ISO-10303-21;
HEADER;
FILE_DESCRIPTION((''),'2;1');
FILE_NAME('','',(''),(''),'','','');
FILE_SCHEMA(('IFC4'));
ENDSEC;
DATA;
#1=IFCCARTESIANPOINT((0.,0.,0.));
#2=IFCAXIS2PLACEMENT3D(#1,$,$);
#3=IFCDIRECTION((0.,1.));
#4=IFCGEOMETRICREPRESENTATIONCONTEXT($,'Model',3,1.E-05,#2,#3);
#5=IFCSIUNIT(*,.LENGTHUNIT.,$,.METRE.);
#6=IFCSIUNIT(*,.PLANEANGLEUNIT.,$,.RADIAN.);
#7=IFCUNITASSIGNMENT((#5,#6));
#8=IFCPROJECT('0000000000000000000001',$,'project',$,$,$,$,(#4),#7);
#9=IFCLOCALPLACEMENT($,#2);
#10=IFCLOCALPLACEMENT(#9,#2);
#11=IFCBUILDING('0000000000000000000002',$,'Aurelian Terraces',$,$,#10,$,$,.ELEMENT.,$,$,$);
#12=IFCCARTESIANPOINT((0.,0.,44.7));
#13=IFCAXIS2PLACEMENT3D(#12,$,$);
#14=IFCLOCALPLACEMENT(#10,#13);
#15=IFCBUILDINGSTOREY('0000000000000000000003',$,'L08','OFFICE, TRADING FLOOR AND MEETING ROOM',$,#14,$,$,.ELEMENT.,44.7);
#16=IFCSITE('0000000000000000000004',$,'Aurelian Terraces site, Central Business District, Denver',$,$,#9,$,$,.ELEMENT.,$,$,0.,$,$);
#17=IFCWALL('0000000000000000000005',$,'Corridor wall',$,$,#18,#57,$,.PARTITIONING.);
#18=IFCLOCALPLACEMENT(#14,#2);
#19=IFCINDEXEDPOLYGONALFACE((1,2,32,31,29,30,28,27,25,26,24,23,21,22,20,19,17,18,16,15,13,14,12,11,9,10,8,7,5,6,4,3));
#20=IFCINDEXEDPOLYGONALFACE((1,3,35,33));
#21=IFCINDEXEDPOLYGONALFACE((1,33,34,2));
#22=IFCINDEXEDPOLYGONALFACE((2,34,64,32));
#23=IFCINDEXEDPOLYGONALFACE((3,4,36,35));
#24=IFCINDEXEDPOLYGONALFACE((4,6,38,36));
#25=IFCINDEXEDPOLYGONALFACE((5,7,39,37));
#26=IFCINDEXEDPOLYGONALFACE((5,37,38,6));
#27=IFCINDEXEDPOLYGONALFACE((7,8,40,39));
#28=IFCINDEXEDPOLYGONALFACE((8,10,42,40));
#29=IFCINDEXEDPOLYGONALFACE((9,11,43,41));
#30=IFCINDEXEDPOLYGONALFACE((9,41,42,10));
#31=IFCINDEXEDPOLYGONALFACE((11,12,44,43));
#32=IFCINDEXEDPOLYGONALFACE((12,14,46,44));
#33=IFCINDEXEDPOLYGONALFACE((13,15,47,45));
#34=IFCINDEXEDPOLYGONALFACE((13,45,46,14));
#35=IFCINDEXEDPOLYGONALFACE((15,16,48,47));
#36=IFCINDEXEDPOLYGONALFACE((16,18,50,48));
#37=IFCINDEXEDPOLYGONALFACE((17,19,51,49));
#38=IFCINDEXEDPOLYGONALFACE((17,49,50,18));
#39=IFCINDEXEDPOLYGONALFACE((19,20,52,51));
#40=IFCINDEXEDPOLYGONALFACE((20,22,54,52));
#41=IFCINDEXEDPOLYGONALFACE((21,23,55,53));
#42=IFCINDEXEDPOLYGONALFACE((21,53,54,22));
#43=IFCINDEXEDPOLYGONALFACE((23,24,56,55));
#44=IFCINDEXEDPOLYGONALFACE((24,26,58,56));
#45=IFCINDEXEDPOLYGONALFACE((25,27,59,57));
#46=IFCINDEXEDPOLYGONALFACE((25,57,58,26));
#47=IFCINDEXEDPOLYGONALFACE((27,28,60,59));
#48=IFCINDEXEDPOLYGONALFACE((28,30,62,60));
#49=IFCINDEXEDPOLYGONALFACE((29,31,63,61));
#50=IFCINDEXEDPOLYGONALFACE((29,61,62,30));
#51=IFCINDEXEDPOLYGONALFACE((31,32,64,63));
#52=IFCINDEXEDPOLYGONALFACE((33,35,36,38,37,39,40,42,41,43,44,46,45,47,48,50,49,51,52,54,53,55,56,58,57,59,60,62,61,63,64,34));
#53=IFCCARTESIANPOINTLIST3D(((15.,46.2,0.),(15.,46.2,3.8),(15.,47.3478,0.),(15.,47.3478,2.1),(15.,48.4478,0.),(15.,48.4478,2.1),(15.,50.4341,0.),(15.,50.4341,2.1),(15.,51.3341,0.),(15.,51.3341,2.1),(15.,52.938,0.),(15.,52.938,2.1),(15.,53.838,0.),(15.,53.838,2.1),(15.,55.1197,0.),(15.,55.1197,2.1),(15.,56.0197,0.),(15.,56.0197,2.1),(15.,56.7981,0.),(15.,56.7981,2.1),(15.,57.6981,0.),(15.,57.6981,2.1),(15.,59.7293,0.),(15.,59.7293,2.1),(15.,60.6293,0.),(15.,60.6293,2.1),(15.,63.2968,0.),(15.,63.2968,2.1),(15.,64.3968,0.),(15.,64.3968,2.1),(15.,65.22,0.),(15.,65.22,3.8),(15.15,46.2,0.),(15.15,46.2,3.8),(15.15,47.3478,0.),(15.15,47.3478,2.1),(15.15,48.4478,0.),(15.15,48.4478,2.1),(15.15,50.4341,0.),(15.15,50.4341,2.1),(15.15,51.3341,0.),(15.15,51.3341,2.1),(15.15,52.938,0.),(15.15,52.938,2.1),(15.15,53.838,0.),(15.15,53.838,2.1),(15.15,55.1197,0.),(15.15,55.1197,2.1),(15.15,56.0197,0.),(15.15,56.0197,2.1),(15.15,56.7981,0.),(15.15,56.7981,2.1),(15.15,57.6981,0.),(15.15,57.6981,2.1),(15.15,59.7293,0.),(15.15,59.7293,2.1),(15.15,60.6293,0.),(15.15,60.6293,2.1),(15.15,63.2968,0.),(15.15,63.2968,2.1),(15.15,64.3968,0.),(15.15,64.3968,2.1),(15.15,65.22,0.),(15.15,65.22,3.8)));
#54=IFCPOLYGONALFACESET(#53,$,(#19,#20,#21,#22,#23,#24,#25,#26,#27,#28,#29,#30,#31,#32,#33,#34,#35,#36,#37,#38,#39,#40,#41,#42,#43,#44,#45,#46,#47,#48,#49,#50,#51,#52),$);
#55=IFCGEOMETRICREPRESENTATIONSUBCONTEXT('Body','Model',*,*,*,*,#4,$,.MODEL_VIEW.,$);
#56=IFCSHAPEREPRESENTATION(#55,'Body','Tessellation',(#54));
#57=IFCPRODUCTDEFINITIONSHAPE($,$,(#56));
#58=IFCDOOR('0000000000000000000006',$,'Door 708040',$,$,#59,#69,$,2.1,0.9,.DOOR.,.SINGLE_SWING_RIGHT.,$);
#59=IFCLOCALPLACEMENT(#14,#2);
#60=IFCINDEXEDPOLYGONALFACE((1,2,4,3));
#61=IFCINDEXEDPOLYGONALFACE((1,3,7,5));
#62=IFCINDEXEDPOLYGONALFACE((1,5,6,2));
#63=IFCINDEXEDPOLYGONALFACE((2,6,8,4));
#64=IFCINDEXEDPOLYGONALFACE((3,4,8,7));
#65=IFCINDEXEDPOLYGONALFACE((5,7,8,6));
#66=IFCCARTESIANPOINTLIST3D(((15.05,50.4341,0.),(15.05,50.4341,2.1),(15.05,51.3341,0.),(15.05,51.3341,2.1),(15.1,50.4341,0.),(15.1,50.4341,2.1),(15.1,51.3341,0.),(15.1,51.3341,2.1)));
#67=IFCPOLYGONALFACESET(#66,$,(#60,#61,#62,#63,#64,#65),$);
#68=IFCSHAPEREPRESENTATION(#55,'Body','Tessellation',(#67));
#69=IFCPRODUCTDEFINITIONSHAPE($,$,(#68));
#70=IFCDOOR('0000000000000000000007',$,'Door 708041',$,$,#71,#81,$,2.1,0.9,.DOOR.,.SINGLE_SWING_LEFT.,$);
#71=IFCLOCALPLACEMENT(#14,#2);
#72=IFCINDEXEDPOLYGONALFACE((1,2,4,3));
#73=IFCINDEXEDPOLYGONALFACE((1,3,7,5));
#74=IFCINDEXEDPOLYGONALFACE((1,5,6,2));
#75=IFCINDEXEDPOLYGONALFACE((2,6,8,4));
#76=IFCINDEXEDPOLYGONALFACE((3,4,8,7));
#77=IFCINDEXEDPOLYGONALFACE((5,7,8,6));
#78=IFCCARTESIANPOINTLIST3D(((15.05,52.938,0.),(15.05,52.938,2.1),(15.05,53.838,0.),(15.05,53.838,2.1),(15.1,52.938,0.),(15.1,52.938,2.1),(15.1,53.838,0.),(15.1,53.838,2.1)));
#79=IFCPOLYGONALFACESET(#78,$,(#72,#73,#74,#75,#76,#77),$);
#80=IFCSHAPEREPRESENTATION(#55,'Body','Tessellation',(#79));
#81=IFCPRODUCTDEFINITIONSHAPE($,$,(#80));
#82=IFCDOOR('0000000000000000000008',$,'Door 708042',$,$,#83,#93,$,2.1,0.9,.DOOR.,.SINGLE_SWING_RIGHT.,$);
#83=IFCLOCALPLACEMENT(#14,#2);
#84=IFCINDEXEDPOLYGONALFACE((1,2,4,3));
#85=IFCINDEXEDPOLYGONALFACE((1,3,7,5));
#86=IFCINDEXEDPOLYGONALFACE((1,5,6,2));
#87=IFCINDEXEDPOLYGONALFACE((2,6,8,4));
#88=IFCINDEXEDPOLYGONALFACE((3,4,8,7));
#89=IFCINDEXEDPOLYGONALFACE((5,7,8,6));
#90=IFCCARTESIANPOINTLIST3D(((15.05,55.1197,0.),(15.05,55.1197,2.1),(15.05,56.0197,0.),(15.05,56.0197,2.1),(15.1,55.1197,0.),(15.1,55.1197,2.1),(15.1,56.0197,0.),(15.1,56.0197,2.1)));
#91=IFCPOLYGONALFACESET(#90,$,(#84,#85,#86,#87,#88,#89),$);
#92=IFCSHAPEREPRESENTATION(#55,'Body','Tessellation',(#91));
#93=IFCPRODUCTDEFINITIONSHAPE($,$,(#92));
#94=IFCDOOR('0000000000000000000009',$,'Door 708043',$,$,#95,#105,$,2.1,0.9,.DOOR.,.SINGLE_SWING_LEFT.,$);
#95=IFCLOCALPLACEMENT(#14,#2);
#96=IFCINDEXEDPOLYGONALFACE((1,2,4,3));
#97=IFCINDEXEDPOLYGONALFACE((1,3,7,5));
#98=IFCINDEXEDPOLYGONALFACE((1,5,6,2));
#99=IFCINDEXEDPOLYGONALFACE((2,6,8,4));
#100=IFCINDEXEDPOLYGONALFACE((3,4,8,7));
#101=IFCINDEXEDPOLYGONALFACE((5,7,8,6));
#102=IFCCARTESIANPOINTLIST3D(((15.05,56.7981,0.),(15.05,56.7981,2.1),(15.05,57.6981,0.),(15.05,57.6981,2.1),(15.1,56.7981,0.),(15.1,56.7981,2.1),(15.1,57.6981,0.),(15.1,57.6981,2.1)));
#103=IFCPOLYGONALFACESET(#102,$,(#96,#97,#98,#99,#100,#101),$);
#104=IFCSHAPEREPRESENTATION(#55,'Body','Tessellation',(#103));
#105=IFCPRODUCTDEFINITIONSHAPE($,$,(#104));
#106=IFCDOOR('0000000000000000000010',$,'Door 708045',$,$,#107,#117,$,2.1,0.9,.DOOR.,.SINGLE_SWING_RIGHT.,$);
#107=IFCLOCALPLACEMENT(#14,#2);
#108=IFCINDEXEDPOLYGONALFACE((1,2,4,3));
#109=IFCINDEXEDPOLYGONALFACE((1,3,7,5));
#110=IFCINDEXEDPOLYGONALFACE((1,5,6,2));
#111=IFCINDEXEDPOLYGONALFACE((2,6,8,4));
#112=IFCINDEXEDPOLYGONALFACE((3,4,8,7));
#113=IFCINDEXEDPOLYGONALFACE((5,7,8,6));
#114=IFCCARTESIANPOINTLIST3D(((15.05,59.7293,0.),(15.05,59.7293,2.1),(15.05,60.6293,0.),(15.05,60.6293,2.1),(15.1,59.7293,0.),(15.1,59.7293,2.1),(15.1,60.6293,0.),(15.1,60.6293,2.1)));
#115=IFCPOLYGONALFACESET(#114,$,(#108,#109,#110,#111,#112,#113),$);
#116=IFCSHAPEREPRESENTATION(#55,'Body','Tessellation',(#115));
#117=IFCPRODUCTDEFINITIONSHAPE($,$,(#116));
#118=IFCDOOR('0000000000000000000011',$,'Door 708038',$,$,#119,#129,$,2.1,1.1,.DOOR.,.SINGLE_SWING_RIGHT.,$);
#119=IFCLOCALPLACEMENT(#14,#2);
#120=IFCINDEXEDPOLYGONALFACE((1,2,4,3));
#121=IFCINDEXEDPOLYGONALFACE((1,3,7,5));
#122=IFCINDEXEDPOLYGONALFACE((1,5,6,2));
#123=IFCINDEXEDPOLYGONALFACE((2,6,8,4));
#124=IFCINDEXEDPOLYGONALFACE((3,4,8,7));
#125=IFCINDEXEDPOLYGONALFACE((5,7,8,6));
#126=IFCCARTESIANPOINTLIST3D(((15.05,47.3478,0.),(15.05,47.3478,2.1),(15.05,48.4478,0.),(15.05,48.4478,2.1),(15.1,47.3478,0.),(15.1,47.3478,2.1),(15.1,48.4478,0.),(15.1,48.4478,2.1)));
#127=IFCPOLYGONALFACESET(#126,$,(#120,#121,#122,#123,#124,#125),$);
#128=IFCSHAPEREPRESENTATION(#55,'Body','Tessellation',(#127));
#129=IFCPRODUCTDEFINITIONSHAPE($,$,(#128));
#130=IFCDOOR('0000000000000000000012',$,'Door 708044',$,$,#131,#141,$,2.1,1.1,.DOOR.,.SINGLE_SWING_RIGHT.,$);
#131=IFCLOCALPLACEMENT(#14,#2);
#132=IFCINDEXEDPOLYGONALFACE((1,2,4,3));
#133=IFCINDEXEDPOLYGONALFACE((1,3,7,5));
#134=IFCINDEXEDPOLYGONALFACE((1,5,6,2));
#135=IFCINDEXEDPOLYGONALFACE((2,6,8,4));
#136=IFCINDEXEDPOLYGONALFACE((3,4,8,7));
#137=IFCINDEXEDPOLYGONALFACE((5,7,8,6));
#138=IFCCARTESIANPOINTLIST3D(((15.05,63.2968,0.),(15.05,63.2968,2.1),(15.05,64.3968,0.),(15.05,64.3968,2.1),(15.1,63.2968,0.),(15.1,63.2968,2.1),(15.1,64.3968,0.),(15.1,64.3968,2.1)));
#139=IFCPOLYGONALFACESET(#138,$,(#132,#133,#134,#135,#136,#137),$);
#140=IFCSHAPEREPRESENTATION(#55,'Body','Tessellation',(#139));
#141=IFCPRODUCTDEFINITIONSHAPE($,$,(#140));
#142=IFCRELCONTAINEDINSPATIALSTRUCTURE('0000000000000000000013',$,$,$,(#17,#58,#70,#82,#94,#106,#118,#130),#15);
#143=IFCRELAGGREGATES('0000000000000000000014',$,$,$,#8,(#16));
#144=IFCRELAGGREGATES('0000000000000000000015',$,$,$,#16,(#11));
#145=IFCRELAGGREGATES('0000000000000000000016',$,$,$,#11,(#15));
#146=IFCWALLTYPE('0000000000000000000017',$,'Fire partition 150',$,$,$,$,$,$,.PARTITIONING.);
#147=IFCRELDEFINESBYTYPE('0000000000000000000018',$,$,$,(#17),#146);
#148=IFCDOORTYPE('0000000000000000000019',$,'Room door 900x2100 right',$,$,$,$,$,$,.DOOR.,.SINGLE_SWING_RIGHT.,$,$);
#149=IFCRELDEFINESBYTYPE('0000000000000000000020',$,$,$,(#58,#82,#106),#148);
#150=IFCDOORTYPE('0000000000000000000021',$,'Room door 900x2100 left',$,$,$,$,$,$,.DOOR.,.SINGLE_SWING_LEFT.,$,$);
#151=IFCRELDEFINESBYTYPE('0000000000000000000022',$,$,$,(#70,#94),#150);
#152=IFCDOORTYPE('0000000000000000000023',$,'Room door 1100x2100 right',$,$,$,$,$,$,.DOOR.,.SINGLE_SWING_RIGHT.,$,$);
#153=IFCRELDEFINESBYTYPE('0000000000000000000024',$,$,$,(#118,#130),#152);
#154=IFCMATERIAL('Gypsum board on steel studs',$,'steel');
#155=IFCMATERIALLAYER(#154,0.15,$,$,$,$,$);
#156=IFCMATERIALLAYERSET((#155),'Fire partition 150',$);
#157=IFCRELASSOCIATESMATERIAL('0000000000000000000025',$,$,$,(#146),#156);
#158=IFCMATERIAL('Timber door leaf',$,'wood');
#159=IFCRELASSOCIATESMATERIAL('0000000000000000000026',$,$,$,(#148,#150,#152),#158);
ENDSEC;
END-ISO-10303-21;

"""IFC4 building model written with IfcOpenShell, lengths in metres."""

from ifc_helpers import new_model, si_unit, direction, frame, frame_2d, origin, place, context, subcontext, project, spatial, rectangle, extrude, source, transform, mapped, material, layer, layer_set, type_object, element, fill, save


model = new_model("IFC4")

# Units and contexts
model_context = context("Model", 3, precision=1e-05, world=origin(), true_north=direction((0.0, 1.0)))
body_context = subcontext(model_context, "Body", "Model", "MODEL_VIEW")
ifc_project = project(units=[si_unit("LENGTHUNIT", "METRE"), si_unit("PLANEANGLEUNIT", "RADIAN")], contexts=[model_context])

# Site, building, storey
site_placement = place(None, origin())
site = spatial("IfcSite", under=ifc_project, at=site_placement, Name="Aurelian Terraces site, Central Business District, Denver", CompositionType="ELEMENT", RefElevation=0.0)
building_placement = place(site_placement, origin())
building = spatial("IfcBuilding", under=site, at=building_placement, Name="Aurelian Terraces", CompositionType="ELEMENT")
storey_placement = place(building_placement, frame((0.0, 0.0, 44.7)))
storey = spatial("IfcBuildingStorey", under=building, at=storey_placement, Name="L08", Description="OFFICE, TRADING FLOOR AND MEETING ROOM", CompositionType="ELEMENT", Elevation=44.7)

# Shared definitions
ifc_material_1 = material(Name="Gypsum board on steel studs", Category="steel")
shared_shape_1 = source(origin(), body_context, "Body", "SweptSolid", [
    extrude(rectangle(XDim=1.1, YDim=2.1, at=frame_2d((0.55, 1.05))), frame((0.0, 0.085, 0.0), z_axis=(0.0, -1.0, 0.0), x_axis=(1.0, 0.0, 0.0)), (0.0, 0.0, 1.0), 0.17),
])
ifc_material_2 = material(Name="Timber door leaf", Category="wood")
shared_shape_2 = source(origin(), body_context, "Body", "SweptSolid", [
    extrude(rectangle(XDim=1.1, YDim=2.1, at=frame_2d((0.55, 1.05))), frame((0.0, 0.025, 0.0), z_axis=(0.0, -1.0, 0.0), x_axis=(1.0, 0.0, 0.0)), (0.0, 0.0, 1.0), 0.05),
])

# Wall, openings, doors
ifc_layer_1 = layer(ifc_material_1, 0.15)
ifc_layer_set_1 = layer_set([ifc_layer_1], Name="Fire partition 150")
wall_type_1 = type_object("IfcWallType", Name="Fire partition 150", PredefinedType="PARTITIONING", material=ifc_layer_set_1)
shared_shape_3 = source(origin(), body_context, "Body", "SweptSolid", [
    extrude(rectangle(XDim=19.02, YDim=0.15, at=frame_2d((9.51, 0.0))), origin(), (0.0, 0.0, 1.0), 3.8),
])
wall_1_placement = place(storey_placement, frame((15.075, 46.2, 0.0), z_axis=(0.0, 0.0, 1.0), x_axis=(0.0, 1.0, 0.0)))
wall_1 = element("IfcWall", 1, at=wall_1_placement, inside=storey, type_object=wall_type_1, Name="Corridor wall", PredefinedType="PARTITIONING", context=body_context, shape_type="MappedRepresentation", body=[
    mapped(shared_shape_3, transform((0.0, 0.0, 0.0), scale=1.0)),
])
opening_1_placement = place(wall_1_placement, frame((1.1478, 0.0, 0.0)))
opening_1 = element("IfcOpeningElement", 2, at=opening_1_placement, cuts=wall_1, PredefinedType="OPENING", context=body_context, shape_type="MappedRepresentation", body=[
    mapped(shared_shape_1, transform((0.0, 0.0, 0.0), scale=1.0)),
])
shared_shape_4 = source(origin(), body_context, "Body", "SweptSolid", [
    extrude(rectangle(XDim=0.9, YDim=2.1, at=frame_2d((0.45, 1.05))), frame((0.0, 0.085, 0.0), z_axis=(0.0, -1.0, 0.0), x_axis=(1.0, 0.0, 0.0)), (0.0, 0.0, 1.0), 0.17),
])
opening_2_placement = place(wall_1_placement, frame((4.2341, 0.0, 0.0)))
opening_2 = element("IfcOpeningElement", 3, at=opening_2_placement, cuts=wall_1, PredefinedType="OPENING", context=body_context, shape_type="MappedRepresentation", body=[
    mapped(shared_shape_4, transform((0.0, 0.0, 0.0), scale=1.0)),
])
opening_3_placement = place(wall_1_placement, frame((6.738, 0.0, 0.0)))
opening_3 = element("IfcOpeningElement", 4, at=opening_3_placement, cuts=wall_1, PredefinedType="OPENING", context=body_context, shape_type="MappedRepresentation", body=[
    mapped(shared_shape_4, transform((0.0, 0.0, 0.0), scale=1.0)),
])
opening_4_placement = place(wall_1_placement, frame((8.9197, 0.0, 0.0)))
opening_4 = element("IfcOpeningElement", 5, at=opening_4_placement, cuts=wall_1, PredefinedType="OPENING", context=body_context, shape_type="MappedRepresentation", body=[
    mapped(shared_shape_4, transform((0.0, 0.0, 0.0), scale=1.0)),
])
opening_5_placement = place(wall_1_placement, frame((10.5981, 0.0, 0.0)))
opening_5 = element("IfcOpeningElement", 6, at=opening_5_placement, cuts=wall_1, PredefinedType="OPENING", context=body_context, shape_type="MappedRepresentation", body=[
    mapped(shared_shape_4, transform((0.0, 0.0, 0.0), scale=1.0)),
])
opening_6_placement = place(wall_1_placement, frame((17.0968, 0.0, 0.0)))
opening_6 = element("IfcOpeningElement", 7, at=opening_6_placement, cuts=wall_1, PredefinedType="OPENING", context=body_context, shape_type="MappedRepresentation", body=[
    mapped(shared_shape_1, transform((0.0, 0.0, 0.0), scale=1.0)),
])
opening_7_placement = place(wall_1_placement, frame((13.5293, 0.0, 0.0)))
opening_7 = element("IfcOpeningElement", 8, at=opening_7_placement, cuts=wall_1, PredefinedType="OPENING", context=body_context, shape_type="MappedRepresentation", body=[
    mapped(shared_shape_4, transform((0.0, 0.0, 0.0), scale=1.0)),
])
door_type_1 = type_object("IfcDoorType", Name="Room door 900x2100 right", OperationType="SINGLE_SWING_RIGHT", PredefinedType="DOOR", material=ifc_material_2)
shared_shape_5 = source(origin(), body_context, "Body", "SweptSolid", [
    extrude(rectangle(XDim=0.9, YDim=2.1, at=frame_2d((0.45, 1.05))), frame((0.0, 0.025, 0.0), z_axis=(0.0, -1.0, 0.0), x_axis=(1.0, 0.0, 0.0)), (0.0, 0.0, 1.0), 0.05),
])
door_1_placement = place(opening_2_placement, origin())
door_1 = element("IfcDoor", 9, at=door_1_placement, inside=storey, type_object=door_type_1, Name="Door 708040", OperationType="SINGLE_SWING_RIGHT", OverallHeight=2.1, OverallWidth=0.9, PredefinedType="DOOR", context=body_context, shape_type="MappedRepresentation", body=[
    mapped(shared_shape_5, transform((0.0, 0.0, 0.0), scale=1.0)),
])
fill(opening_2, door_1)
door_type_2 = type_object("IfcDoorType", Name="Room door 900x2100 left", OperationType="SINGLE_SWING_LEFT", PredefinedType="DOOR", material=ifc_material_2)
door_2_placement = place(opening_3_placement, origin())
door_2 = element("IfcDoor", 10, at=door_2_placement, inside=storey, type_object=door_type_2, Name="Door 708041", OperationType="SINGLE_SWING_LEFT", OverallHeight=2.1, OverallWidth=0.9, PredefinedType="DOOR", context=body_context, shape_type="MappedRepresentation", body=[
    mapped(shared_shape_5, transform((0.0, 0.0, 0.0), scale=1.0)),
])
fill(opening_3, door_2)
door_3_placement = place(opening_4_placement, origin())
door_3 = element("IfcDoor", 11, at=door_3_placement, inside=storey, type_object=door_type_1, Name="Door 708042", OperationType="SINGLE_SWING_RIGHT", OverallHeight=2.1, OverallWidth=0.9, PredefinedType="DOOR", context=body_context, shape_type="MappedRepresentation", body=[
    mapped(shared_shape_5, transform((0.0, 0.0, 0.0), scale=1.0)),
])
fill(opening_4, door_3)
door_4_placement = place(opening_5_placement, origin())
door_4 = element("IfcDoor", 12, at=door_4_placement, inside=storey, type_object=door_type_2, Name="Door 708043", OperationType="SINGLE_SWING_LEFT", OverallHeight=2.1, OverallWidth=0.9, PredefinedType="DOOR", context=body_context, shape_type="MappedRepresentation", body=[
    mapped(shared_shape_5, transform((0.0, 0.0, 0.0), scale=1.0)),
])
fill(opening_5, door_4)
door_5_placement = place(opening_7_placement, origin())
door_5 = element("IfcDoor", 13, at=door_5_placement, inside=storey, type_object=door_type_1, Name="Door 708045", OperationType="SINGLE_SWING_RIGHT", OverallHeight=2.1, OverallWidth=0.9, PredefinedType="DOOR", context=body_context, shape_type="MappedRepresentation", body=[
    mapped(shared_shape_5, transform((0.0, 0.0, 0.0), scale=1.0)),
])
fill(opening_7, door_5)
door_type_3 = type_object("IfcDoorType", Name="Room door 1100x2100 right", OperationType="SINGLE_SWING_RIGHT", PredefinedType="DOOR", material=ifc_material_2)
door_6_placement = place(opening_1_placement, origin())
door_6 = element("IfcDoor", 14, at=door_6_placement, inside=storey, type_object=door_type_3, Name="Door 708038", OperationType="SINGLE_SWING_RIGHT", OverallHeight=2.1, OverallWidth=1.1, PredefinedType="DOOR", context=body_context, shape_type="MappedRepresentation", body=[
    mapped(shared_shape_2, transform((0.0, 0.0, 0.0), scale=1.0)),
])
fill(opening_1, door_6)
door_7_placement = place(opening_6_placement, origin())
door_7 = element("IfcDoor", 15, at=door_7_placement, inside=storey, type_object=door_type_3, Name="Door 708044", OperationType="SINGLE_SWING_RIGHT", OverallHeight=2.1, OverallWidth=1.1, PredefinedType="DOOR", context=body_context, shape_type="MappedRepresentation", body=[
    mapped(shared_shape_2, transform((0.0, 0.0, 0.0), scale=1.0)),
])
fill(opening_6, door_7)

save(model, "model.ifc")
